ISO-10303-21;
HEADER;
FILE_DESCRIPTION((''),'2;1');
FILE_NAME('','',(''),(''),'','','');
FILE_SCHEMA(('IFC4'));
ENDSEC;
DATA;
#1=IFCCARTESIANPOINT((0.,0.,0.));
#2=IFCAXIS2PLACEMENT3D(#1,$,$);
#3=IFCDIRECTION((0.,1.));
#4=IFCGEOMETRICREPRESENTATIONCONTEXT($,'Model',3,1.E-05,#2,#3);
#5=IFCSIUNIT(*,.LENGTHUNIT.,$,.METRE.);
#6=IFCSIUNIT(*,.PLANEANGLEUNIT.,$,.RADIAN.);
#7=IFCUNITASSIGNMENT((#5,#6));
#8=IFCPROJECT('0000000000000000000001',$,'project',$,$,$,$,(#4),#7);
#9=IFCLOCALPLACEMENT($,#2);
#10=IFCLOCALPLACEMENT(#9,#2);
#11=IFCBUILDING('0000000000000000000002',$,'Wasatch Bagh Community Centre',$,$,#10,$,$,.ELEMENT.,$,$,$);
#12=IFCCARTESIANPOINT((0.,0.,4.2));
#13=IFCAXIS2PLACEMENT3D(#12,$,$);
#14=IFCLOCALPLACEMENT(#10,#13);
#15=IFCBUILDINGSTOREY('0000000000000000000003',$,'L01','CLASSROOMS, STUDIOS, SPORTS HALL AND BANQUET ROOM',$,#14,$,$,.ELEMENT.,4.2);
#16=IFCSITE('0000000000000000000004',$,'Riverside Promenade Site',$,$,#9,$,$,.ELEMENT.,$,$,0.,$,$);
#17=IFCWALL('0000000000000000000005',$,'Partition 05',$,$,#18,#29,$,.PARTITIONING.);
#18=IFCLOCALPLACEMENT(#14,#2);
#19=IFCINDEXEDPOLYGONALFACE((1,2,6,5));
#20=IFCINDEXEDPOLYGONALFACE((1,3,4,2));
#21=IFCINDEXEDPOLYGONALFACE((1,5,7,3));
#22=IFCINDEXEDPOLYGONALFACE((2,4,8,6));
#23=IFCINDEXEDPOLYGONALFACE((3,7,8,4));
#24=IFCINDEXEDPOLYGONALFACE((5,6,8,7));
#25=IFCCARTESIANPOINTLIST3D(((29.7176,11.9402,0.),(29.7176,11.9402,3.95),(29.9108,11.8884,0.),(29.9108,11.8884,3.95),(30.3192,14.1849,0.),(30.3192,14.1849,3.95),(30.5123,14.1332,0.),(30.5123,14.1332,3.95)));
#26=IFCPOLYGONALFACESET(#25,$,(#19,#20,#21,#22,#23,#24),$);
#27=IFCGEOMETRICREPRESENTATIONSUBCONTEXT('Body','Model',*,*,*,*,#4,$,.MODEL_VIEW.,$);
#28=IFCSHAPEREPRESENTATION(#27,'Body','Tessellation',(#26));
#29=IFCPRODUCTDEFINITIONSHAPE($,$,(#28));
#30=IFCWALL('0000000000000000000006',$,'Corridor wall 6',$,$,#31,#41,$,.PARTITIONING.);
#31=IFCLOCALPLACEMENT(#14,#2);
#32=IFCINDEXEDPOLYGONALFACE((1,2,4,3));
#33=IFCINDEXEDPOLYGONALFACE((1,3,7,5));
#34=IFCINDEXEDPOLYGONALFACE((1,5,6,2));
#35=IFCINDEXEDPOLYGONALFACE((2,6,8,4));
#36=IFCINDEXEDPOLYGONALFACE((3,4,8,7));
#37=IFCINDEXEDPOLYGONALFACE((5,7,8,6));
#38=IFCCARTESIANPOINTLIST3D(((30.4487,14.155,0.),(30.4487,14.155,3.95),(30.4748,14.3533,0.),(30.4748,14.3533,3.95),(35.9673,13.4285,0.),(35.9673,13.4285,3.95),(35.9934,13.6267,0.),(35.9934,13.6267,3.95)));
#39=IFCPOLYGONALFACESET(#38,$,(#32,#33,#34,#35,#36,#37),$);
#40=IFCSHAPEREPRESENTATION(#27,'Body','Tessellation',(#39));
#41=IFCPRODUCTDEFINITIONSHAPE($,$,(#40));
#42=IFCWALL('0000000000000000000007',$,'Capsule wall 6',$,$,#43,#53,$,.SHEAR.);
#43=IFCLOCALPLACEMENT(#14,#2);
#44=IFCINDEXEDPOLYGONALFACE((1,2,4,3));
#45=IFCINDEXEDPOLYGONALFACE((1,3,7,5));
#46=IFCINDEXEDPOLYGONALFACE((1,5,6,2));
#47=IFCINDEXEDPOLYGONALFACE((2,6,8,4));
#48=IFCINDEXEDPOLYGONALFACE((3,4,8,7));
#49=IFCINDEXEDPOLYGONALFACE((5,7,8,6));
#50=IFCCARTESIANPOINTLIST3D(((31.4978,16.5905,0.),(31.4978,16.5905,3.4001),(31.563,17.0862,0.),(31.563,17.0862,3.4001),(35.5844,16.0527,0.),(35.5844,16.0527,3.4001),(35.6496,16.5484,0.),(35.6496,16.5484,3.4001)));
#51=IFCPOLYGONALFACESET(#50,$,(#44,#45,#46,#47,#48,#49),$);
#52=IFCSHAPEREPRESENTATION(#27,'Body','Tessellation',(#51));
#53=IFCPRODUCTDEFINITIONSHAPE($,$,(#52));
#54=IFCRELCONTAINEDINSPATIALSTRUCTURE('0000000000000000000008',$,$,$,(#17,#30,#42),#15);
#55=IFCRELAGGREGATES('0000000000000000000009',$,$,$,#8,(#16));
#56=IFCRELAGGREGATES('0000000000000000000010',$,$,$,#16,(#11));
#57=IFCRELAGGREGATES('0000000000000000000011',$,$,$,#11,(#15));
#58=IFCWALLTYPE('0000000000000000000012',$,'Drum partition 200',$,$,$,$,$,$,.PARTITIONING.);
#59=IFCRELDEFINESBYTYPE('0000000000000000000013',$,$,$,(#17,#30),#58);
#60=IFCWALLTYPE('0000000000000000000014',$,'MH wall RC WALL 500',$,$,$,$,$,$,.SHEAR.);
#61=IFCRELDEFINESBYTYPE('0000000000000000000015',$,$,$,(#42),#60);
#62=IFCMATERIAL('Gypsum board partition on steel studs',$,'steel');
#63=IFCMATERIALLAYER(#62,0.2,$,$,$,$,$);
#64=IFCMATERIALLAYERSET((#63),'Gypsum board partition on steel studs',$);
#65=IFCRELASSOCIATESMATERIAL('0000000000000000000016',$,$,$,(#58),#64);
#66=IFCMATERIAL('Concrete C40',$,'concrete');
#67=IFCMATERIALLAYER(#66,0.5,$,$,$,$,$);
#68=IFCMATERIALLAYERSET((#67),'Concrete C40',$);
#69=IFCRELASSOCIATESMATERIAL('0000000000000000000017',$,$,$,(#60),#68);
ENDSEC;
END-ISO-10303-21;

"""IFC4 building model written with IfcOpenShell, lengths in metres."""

from ifc_helpers import new_model, si_unit, direction, frame, frame_2d, origin, place, context, subcontext, project, spatial, rectangle, extrude, material, layer, layer_set, type_object, element, save


model = new_model("IFC4")

# Units and contexts
model_context = context("Model", 3, precision=1e-05, world=origin(), true_north=direction((0.0, 1.0)))
body_context = subcontext(model_context, "Body", "Model", "MODEL_VIEW")
ifc_project = project(units=[si_unit("LENGTHUNIT", "METRE"), si_unit("PLANEANGLEUNIT", "RADIAN")], contexts=[model_context])

# Site, building, storey
site_placement = place(None, origin())
site = spatial("IfcSite", under=ifc_project, at=site_placement, Name="Riverside Promenade Site", CompositionType="ELEMENT", RefElevation=0.0)
building_placement = place(site_placement, origin())
building = spatial("IfcBuilding", under=site, at=building_placement, Name="Wasatch Bagh Community Centre", CompositionType="ELEMENT")
storey_placement = place(building_placement, frame((0.0, 0.0, 4.2)))
storey = spatial("IfcBuildingStorey", under=building, at=storey_placement, Name="L01", Description="CLASSROOMS, STUDIOS, SPORTS HALL AND BANQUET ROOM", CompositionType="ELEMENT", Elevation=4.2)

# Shared definitions
ifc_material_1 = material(Name="Concrete C40", Category="concrete")

# Walls
ifc_material_2 = material(Name="Gypsum board partition on steel studs", Category="steel")
ifc_layer_1 = layer(ifc_material_2, 0.2)
ifc_layer_set_1 = layer_set([ifc_layer_1], Name="Gypsum board partition on steel studs")
wall_type_1 = type_object("IfcWallType", Name="Drum partition 200", PredefinedType="PARTITIONING", material=ifc_layer_set_1)
wall_1_placement = place(storey_placement, frame((30.4158, 14.1592, 0.0), z_axis=(0.0, 0.0, 1.0), x_axis=(-0.258839, -0.96592, 0.0)))
element("IfcWall", 1, at=wall_1_placement, inside=storey, type_object=wall_type_1, Name="Partition 05", PredefinedType="PARTITIONING", context=body_context, shape_type="SweptSolid", body=[
    extrude(rectangle(XDim=2.324, YDim=0.2, at=frame_2d((1.1621, 0.0))), origin(), (0.0, 0.0, 1.0), 3.95),
])
wall_2_placement = place(storey_placement, frame((30.4617, 14.2542, 0.0), z_axis=(0.0, 0.0, 1.0), x_axis=(0.991444, -0.130532, 0.0)))
element("IfcWall", 2, at=wall_2_placement, inside=storey, type_object=wall_type_1, Name="Corridor wall 6", PredefinedType="PARTITIONING", context=body_context, shape_type="SweptSolid", body=[
    extrude(rectangle(XDim=5.5662, YDim=0.2, at=frame_2d((2.7832, 0.0))), origin(), (0.0, 0.0, 1.0), 3.95),
])
ifc_layer_2 = layer(ifc_material_1, 0.5)
ifc_layer_set_2 = layer_set([ifc_layer_2], Name="Concrete C40")
wall_type_2 = type_object("IfcWallType", Name="MH wall RC WALL 500", PredefinedType="SHEAR", material=ifc_layer_set_2)
wall_3_placement = place(storey_placement, frame((31.5303, 16.8384, 0.0), z_axis=(0.0, 0.0, 1.0), x_axis=(0.99145, -0.130484, 0.0)))
element("IfcWall", 3, at=wall_3_placement, inside=storey, type_object=wall_type_2, Name="Capsule wall 6", PredefinedType="SHEAR", context=body_context, shape_type="SweptSolid", body=[
    extrude(rectangle(XDim=4.1218, YDim=0.5, at=frame_2d((2.061, 0.0))), origin(), (0.0, 0.0, 1.0), 3.4001),
])

save(model, "model.ifc")
